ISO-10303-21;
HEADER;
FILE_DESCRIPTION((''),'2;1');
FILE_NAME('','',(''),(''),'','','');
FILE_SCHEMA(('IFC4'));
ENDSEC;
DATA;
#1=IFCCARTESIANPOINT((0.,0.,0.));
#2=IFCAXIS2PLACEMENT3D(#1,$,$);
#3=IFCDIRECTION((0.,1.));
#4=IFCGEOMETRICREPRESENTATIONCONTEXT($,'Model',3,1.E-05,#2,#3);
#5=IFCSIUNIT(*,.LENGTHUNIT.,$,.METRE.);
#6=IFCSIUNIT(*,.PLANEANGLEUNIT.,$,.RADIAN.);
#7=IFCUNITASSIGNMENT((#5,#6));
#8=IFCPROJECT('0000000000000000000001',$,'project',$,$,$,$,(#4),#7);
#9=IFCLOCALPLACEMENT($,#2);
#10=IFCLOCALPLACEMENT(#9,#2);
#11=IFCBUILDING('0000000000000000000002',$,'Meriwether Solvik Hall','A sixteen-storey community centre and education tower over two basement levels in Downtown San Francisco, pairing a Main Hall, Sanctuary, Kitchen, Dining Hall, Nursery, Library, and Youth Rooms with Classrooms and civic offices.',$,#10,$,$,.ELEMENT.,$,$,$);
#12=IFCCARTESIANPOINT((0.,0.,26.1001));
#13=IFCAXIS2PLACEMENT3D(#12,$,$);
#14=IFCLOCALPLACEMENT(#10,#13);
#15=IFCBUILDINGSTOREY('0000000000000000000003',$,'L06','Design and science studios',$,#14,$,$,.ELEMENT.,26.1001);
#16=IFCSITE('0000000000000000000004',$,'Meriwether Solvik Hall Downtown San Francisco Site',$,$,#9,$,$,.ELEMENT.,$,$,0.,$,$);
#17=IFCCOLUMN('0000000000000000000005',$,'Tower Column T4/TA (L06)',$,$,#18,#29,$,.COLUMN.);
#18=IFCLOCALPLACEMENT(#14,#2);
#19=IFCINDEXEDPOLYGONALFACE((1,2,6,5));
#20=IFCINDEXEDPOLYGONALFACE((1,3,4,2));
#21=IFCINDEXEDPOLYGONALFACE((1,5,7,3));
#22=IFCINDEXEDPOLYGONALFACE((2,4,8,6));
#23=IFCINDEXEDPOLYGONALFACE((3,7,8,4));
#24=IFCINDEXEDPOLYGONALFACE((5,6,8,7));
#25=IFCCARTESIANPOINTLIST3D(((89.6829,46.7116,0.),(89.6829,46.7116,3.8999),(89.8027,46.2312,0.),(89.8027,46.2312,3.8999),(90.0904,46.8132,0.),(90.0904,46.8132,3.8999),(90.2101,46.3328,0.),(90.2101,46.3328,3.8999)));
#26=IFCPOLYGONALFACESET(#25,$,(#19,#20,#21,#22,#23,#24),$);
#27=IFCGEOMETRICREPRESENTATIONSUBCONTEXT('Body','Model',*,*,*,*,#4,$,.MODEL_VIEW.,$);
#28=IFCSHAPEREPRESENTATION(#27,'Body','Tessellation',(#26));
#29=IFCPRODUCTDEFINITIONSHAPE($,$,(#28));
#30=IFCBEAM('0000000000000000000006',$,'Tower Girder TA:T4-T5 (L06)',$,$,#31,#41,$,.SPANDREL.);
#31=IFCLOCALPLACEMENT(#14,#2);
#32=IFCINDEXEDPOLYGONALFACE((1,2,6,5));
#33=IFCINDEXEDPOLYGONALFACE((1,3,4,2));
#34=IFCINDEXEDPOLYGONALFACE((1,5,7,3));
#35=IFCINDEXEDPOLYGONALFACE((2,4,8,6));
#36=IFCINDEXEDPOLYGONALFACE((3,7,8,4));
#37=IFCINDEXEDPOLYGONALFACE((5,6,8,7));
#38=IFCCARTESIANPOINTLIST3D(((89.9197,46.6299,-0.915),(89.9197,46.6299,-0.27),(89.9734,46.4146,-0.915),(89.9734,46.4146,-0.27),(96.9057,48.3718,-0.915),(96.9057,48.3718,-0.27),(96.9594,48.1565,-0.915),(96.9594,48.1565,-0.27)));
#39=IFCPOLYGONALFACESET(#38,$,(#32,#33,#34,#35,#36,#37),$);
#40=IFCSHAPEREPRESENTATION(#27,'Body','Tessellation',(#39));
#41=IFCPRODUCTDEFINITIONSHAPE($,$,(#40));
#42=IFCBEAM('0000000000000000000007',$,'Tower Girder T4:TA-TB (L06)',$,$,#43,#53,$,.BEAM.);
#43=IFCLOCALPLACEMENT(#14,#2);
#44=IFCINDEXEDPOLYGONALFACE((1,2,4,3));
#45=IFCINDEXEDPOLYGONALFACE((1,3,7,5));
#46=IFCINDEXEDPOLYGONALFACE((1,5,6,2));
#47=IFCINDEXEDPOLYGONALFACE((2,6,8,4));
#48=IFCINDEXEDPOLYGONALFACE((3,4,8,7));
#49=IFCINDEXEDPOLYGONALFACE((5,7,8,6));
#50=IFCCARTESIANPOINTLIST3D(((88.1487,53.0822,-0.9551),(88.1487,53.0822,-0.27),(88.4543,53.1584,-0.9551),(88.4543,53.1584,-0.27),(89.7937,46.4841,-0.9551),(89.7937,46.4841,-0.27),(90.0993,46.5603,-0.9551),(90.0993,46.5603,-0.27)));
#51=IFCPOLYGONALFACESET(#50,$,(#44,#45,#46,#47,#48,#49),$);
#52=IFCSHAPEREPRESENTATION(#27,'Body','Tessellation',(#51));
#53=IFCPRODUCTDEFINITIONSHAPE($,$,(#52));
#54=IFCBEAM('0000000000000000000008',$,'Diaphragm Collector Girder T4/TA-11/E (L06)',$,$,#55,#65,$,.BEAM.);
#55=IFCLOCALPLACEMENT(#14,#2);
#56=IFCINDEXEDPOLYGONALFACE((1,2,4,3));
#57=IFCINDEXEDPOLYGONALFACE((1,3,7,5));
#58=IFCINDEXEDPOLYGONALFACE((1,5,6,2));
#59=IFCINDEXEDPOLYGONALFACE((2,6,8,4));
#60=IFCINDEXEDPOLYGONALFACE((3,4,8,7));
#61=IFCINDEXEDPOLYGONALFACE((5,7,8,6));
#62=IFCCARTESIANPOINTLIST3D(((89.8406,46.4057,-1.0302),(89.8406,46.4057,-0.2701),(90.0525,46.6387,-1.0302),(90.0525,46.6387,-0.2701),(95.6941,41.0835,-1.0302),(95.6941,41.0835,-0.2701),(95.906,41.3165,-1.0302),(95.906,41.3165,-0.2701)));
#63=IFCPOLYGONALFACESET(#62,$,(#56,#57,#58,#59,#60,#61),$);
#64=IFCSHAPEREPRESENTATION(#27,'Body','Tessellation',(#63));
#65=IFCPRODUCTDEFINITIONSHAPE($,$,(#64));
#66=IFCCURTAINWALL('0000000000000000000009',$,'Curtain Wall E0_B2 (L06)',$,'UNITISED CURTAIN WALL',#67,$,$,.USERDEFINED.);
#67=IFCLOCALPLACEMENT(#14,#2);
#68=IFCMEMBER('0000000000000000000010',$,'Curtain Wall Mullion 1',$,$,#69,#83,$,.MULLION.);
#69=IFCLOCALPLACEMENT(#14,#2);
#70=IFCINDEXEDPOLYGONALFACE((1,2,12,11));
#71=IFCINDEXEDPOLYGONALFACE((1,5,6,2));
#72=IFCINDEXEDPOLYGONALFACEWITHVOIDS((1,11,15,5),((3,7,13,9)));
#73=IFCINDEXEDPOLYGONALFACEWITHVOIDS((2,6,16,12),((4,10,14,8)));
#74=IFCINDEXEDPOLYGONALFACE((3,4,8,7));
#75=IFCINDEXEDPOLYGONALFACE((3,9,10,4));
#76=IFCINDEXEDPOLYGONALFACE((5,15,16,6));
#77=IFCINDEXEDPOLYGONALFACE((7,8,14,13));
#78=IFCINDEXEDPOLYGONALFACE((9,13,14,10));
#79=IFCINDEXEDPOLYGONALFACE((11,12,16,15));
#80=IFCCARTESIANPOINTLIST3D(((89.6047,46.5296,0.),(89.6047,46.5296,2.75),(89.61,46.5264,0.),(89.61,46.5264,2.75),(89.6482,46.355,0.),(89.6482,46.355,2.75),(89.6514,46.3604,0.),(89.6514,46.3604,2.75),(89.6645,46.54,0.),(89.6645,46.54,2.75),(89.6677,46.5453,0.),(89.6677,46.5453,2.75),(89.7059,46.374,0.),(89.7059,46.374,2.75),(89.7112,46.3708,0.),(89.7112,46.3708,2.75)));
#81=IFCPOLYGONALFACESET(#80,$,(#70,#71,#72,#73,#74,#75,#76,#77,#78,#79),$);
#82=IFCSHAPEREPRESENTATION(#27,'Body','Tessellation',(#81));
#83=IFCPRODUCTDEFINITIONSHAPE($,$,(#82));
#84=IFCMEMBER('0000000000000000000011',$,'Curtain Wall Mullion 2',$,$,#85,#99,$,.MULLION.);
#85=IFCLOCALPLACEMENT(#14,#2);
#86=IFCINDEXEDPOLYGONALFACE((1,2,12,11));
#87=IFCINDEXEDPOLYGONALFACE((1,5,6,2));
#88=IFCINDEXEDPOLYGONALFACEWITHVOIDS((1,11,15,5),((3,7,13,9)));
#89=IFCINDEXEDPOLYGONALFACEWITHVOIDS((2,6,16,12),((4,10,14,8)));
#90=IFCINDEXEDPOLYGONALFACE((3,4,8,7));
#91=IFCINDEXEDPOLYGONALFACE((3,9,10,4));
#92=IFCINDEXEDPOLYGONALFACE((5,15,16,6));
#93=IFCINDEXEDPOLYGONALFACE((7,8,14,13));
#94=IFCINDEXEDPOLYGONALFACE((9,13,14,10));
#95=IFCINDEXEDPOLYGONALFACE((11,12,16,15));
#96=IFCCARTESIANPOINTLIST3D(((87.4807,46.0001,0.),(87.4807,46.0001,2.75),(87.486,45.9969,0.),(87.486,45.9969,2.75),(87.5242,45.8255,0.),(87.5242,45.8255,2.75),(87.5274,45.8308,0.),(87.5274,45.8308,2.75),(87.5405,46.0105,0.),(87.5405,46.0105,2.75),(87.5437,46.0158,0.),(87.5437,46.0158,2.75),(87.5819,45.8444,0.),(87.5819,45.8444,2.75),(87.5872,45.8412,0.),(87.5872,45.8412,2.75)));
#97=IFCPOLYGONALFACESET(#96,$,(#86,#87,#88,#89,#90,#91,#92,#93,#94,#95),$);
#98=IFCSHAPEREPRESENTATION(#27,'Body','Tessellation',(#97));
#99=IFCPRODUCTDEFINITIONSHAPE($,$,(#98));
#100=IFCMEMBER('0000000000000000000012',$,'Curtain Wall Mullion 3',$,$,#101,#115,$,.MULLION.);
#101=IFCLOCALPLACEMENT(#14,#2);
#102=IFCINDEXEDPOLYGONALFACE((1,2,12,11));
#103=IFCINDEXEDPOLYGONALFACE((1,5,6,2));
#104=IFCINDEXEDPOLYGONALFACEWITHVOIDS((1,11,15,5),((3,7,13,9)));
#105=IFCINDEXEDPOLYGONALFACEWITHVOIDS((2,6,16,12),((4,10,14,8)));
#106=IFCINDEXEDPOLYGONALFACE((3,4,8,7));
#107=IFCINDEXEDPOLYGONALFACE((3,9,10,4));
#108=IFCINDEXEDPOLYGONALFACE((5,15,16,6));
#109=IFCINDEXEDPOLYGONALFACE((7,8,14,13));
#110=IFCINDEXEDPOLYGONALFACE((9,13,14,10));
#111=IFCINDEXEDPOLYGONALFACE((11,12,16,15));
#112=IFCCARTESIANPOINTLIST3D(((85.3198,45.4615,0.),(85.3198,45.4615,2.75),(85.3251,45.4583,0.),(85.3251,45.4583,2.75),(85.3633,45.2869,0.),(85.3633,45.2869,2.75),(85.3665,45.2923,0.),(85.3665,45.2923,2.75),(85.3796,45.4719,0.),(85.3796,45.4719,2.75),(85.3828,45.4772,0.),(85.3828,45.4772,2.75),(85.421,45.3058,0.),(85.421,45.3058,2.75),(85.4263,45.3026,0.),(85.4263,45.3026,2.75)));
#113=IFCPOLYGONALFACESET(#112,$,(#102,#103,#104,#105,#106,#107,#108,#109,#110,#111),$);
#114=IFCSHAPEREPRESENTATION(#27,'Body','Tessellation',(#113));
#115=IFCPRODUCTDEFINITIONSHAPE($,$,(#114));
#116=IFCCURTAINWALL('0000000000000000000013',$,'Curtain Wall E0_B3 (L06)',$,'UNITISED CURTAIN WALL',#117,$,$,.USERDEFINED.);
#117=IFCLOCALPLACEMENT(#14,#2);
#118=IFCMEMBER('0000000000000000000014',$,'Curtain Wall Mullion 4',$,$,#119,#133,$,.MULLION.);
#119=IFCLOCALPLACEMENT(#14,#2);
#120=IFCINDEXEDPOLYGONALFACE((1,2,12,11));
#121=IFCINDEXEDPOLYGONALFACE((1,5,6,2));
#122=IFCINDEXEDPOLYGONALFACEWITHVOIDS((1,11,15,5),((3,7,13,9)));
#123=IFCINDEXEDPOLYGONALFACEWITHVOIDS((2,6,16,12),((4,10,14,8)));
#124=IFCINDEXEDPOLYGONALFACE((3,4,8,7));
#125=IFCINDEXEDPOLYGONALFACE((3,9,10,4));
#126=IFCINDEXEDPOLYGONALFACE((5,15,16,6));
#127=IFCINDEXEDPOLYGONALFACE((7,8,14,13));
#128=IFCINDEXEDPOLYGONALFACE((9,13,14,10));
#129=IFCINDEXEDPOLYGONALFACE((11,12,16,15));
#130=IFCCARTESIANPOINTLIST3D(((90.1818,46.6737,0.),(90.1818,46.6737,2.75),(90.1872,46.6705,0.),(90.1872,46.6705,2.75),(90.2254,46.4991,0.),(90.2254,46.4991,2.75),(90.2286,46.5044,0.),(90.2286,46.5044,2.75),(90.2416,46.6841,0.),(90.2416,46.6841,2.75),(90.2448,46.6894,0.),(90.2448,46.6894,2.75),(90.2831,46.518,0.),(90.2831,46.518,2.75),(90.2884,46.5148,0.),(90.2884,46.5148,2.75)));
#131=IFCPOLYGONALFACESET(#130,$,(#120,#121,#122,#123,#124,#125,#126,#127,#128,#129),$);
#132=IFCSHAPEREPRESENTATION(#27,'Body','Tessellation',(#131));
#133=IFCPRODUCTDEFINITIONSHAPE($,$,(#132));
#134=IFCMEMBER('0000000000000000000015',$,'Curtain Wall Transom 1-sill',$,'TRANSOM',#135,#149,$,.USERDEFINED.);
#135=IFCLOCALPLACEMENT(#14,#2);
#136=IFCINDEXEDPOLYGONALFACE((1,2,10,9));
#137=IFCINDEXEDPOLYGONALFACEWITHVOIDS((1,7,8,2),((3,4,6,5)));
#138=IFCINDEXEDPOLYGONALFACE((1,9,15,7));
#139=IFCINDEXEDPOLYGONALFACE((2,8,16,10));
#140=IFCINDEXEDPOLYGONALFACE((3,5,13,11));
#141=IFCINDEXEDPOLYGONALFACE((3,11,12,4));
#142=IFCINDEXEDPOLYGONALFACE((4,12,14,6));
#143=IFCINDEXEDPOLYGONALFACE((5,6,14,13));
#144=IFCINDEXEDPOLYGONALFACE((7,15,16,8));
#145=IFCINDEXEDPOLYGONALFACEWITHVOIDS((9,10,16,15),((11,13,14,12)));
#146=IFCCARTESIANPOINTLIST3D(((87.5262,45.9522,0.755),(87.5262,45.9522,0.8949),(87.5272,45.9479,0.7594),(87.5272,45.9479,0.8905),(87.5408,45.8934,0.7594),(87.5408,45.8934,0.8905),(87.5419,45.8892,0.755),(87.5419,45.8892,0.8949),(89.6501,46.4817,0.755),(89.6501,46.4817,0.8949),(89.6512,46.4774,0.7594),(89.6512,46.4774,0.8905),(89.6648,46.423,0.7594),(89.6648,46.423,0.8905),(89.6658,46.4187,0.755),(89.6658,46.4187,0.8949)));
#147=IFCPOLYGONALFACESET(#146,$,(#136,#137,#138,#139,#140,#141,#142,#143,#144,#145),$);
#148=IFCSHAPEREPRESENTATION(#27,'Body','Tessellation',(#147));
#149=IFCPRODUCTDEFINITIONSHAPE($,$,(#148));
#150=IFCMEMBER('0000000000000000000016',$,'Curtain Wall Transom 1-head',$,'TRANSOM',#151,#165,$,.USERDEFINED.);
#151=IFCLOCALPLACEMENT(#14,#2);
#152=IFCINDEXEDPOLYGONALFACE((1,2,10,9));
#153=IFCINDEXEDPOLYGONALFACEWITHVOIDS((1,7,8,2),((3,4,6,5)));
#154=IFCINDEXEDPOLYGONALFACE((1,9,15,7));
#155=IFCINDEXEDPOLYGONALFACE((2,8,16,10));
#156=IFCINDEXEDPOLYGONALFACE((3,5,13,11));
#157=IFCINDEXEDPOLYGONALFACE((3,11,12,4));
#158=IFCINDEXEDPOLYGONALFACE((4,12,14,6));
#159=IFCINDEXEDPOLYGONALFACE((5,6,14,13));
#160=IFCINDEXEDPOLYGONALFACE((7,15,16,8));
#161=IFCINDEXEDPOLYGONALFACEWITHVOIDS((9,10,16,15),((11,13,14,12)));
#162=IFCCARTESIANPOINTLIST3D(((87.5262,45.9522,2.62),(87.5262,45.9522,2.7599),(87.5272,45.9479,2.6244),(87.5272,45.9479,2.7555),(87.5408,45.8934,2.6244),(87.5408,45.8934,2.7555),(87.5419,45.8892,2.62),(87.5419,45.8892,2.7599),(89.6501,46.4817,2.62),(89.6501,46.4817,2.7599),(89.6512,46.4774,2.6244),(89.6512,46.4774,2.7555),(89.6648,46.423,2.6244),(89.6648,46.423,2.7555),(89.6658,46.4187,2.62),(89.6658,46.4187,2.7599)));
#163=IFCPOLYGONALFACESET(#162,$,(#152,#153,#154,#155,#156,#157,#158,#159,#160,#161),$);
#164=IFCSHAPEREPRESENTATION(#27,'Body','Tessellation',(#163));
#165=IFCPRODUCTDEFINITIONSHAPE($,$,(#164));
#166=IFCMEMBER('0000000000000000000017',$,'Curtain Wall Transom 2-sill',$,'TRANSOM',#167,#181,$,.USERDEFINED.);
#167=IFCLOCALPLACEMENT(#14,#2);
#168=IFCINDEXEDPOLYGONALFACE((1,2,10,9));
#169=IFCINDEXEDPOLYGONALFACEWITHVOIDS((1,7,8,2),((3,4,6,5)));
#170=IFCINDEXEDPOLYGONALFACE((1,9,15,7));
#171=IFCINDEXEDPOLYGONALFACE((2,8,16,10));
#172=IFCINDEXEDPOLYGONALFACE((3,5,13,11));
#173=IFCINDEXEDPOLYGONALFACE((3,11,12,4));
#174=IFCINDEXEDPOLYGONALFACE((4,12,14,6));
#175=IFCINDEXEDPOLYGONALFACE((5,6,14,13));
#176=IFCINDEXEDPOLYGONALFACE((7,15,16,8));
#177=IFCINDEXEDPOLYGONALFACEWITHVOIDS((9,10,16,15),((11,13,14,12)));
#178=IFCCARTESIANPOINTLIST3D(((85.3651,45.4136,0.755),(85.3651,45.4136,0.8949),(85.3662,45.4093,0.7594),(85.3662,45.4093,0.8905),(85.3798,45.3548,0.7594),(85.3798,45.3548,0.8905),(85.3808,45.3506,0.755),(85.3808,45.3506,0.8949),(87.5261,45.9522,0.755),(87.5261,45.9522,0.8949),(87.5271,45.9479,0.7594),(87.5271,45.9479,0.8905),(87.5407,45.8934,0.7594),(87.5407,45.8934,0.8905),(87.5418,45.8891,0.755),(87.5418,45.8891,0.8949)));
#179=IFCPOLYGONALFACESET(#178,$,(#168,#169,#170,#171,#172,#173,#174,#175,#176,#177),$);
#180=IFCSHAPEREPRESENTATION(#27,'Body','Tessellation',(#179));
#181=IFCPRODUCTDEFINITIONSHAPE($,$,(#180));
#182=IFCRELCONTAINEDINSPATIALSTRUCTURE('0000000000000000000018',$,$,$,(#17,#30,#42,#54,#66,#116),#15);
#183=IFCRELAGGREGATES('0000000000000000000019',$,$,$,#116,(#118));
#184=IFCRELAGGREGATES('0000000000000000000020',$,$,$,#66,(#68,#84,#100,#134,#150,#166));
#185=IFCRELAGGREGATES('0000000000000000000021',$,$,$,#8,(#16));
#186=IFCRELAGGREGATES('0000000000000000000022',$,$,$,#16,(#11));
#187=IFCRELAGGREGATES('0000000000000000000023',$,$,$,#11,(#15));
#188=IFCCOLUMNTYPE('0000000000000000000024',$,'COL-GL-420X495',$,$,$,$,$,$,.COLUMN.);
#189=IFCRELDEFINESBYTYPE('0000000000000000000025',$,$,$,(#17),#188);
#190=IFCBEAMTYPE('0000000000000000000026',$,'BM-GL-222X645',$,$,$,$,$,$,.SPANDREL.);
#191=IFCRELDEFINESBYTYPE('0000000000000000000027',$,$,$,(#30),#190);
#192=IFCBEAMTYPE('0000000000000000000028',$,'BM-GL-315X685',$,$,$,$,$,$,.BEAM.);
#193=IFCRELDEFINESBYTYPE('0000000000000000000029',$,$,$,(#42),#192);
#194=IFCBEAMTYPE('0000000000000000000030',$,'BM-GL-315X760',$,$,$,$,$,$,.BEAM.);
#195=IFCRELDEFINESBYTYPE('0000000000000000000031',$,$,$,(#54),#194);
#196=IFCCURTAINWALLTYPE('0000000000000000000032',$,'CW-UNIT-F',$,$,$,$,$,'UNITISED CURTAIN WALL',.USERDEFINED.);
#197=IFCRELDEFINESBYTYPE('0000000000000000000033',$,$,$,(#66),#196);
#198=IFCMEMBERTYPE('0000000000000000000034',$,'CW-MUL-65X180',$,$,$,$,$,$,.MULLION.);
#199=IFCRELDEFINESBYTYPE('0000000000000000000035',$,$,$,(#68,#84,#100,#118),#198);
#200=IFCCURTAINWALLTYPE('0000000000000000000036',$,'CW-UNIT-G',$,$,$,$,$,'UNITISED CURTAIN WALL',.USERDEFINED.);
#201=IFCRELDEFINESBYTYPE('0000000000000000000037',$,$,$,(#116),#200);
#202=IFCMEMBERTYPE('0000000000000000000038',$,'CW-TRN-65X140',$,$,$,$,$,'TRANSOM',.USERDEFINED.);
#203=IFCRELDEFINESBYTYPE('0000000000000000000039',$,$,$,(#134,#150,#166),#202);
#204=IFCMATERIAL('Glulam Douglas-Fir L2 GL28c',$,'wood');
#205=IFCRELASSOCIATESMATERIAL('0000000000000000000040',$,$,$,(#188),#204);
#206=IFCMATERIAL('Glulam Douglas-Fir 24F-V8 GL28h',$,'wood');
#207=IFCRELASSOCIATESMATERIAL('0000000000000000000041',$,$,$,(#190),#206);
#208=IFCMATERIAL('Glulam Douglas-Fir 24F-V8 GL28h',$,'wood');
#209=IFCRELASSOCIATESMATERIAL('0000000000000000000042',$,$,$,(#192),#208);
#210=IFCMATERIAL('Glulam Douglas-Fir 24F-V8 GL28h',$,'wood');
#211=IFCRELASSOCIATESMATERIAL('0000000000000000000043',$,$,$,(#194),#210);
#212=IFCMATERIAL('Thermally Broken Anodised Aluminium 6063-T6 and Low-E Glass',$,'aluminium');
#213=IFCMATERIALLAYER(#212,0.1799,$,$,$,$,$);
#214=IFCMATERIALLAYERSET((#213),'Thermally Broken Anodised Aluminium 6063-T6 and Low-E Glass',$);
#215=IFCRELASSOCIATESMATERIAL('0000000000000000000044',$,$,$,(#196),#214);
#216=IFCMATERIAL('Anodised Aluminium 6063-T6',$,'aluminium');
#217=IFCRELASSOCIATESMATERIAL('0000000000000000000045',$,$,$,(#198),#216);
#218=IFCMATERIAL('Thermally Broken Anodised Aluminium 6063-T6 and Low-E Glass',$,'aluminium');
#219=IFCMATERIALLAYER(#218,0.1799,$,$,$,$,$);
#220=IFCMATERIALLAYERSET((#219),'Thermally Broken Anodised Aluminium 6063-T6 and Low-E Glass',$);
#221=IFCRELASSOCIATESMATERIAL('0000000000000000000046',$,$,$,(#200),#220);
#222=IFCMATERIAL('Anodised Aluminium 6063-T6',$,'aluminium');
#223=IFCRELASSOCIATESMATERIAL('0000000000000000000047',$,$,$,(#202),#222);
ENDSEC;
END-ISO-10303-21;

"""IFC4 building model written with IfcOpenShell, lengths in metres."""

from ifc_helpers import new_model, si_unit, direction, frame, origin, origin_2d, place, context, subcontext, project, spatial, rectangle, hollow_rectangle, extrude, material, layer, layer_set, material_profile, profile_set, type_object, element, aggregate, save


model = new_model("IFC4")

# Units and contexts
model_context = context("Model", 3, precision=1e-05, world=origin(), true_north=direction((0.0, 1.0)))
body_context = subcontext(model_context, "Body", "Model", "MODEL_VIEW")
ifc_project = project(units=[si_unit("LENGTHUNIT", "METRE"), si_unit("PLANEANGLEUNIT", "RADIAN")], contexts=[model_context])

# Site, building, storey
site_placement = place(None, origin())
site = spatial("IfcSite", under=ifc_project, at=site_placement, Name="Meriwether Solvik Hall Downtown San Francisco Site", CompositionType="ELEMENT", RefElevation=0.0)
building_placement = place(site_placement, origin())
building = spatial("IfcBuilding", under=site, at=building_placement, Name="Meriwether Solvik Hall", Description="A sixteen-storey community centre and education tower over two basement levels in Downtown San Francisco, pairing a Main Hall, Sanctuary, Kitchen, Dining Hall, Nursery, Library, and Youth Rooms with Classrooms and civic offices.", CompositionType="ELEMENT")
storey_placement = place(building_placement, frame((0.0, 0.0, 26.1001)))
storey = spatial("IfcBuildingStorey", under=building, at=storey_placement, Name="L06", Description="Design and science studios", CompositionType="ELEMENT", Elevation=26.1001)

# Column
ifc_material_1 = material(Name="Glulam Douglas-Fir L2 GL28c", Category="wood")
ifc_material_profile_1 = material_profile(ifc_material_1, rectangle(XDim=0.4199, YDim=0.4951, at=origin_2d()), Name="GLC-420X495")
ifc_profile_set_1 = profile_set([ifc_material_profile_1], Name="Glulam Douglas-Fir L2 GL28c")
column_type = type_object("IfcColumnType", Name="COL-GL-420X495", PredefinedType="COLUMN", material=ifc_profile_set_1)
column_placement = place(storey_placement, frame((89.9465, 46.5222, 0.0), z_axis=(0.0, 0.0, 1.0), x_axis=(0.970296, 0.241922, 0.0)))
element("IfcColumn", 1, at=column_placement, inside=storey, type_object=column_type, Name="Tower Column T4/TA (L06)", PredefinedType="COLUMN", context=body_context, shape_type="SweptSolid", body=[
    extrude(rectangle(XDim=0.4199, YDim=0.4951, at=origin_2d()), origin(), (0.0, 0.0, 1.0), 3.8999),
])

# Beams
ifc_material_2 = material(Name="Glulam Douglas-Fir 24F-V8 GL28h", Category="wood")
ifc_material_profile_2 = material_profile(ifc_material_2, rectangle(XDim=0.2219, YDim=0.645, at=origin_2d()), Name="GLB-222X645")
ifc_profile_set_2 = profile_set([ifc_material_profile_2], Name="Glulam Douglas-Fir 24F-V8 GL28h")
beam_type_1 = type_object("IfcBeamType", Name="BM-GL-222X645", PredefinedType="SPANDREL", material=ifc_profile_set_2)
beam_1_placement = place(storey_placement, frame((89.9465, 46.5222, -0.5925), z_axis=(0.970292, 0.241937, 0.0), x_axis=(-0.241937, 0.970292, 0.0)))
element("IfcBeam", 2, at=beam_1_placement, inside=storey, type_object=beam_type_1, Name="Tower Girder TA:T4-T5 (L06)", PredefinedType="SPANDREL", context=body_context, shape_type="SweptSolid", body=[
    extrude(rectangle(XDim=0.2219, YDim=0.645, at=origin_2d()), origin(), (0.0, 0.0, 1.0), 7.2),
])
ifc_material_3 = material(Name="Glulam Douglas-Fir 24F-V8 GL28h", Category="wood")
ifc_material_profile_3 = material_profile(ifc_material_3, rectangle(XDim=0.3149, YDim=0.6851, at=origin_2d()), Name="GLB-315X685")
ifc_profile_set_3 = profile_set([ifc_material_profile_3], Name="Glulam Douglas-Fir 24F-V8 GL28h")
beam_type_2 = type_object("IfcBeamType", Name="BM-GL-315X685", PredefinedType="BEAM", material=ifc_profile_set_3)
beam_2_placement = place(storey_placement, frame((89.9465, 46.5222, -0.6125), z_axis=(-0.24191, 0.970299, 0.0), x_axis=(-0.970299, -0.24191, 0.0)))
element("IfcBeam", 3, at=beam_2_placement, inside=storey, type_object=beam_type_2, Name="Tower Girder T4:TA-TB (L06)", PredefinedType="BEAM", context=body_context, shape_type="SweptSolid", body=[
    extrude(rectangle(XDim=0.3149, YDim=0.6851, at=origin_2d()), origin(), (0.0, 0.0, 1.0), 6.8),
])
ifc_material_4 = material(Name="Glulam Douglas-Fir 24F-V8 GL28h", Category="wood")
ifc_material_profile_4 = material_profile(ifc_material_4, rectangle(XDim=0.3149, YDim=0.76, at=origin_2d()), Name="GLB-315X760")
ifc_profile_set_4 = profile_set([ifc_material_profile_4], Name="Glulam Douglas-Fir 24F-V8 GL28h")
beam_type_3 = type_object("IfcBeamType", Name="BM-GL-315X760", PredefinedType="BEAM", material=ifc_profile_set_4)
beam_3_placement = place(storey_placement, frame((89.9465, 46.5222, -0.6501), z_axis=(0.739884, -0.672734, 0.0), x_axis=(0.672734, 0.739884, 0.0)))
element("IfcBeam", 4, at=beam_3_placement, inside=storey, type_object=beam_type_3, Name="Diaphragm Collector Girder T4/TA-11/E (L06)", PredefinedType="BEAM", context=body_context, shape_type="SweptSolid", body=[
    extrude(rectangle(XDim=0.3149, YDim=0.76, at=origin_2d()), origin(), (0.0, 0.0, 1.0), 7.9114),
])

# Curtain wall, members
ifc_material_5 = material(Name="Thermally Broken Anodised Aluminium 6063-T6 and Low-E Glass", Category="aluminium")
ifc_layer_1 = layer(ifc_material_5, 0.1799)
ifc_layer_set_1 = layer_set([ifc_layer_1], Name="Thermally Broken Anodised Aluminium 6063-T6 and Low-E Glass")
curtain_wall_type_1 = type_object("IfcCurtainWallType", Name="CW-UNIT-F", ElementType="UNITISED CURTAIN WALL", PredefinedType="USERDEFINED", material=ifc_layer_set_1)
curtain_wall_1_placement = place(storey_placement, origin())
curtain_wall_1 = element("IfcCurtainWall", 5, at=curtain_wall_1_placement, inside=storey, type_object=curtain_wall_type_1, Name="Curtain Wall E0_B2 (L06)", ObjectType="UNITISED CURTAIN WALL", PredefinedType="USERDEFINED")
ifc_material_6 = material(Name="Anodised Aluminium 6063-T6", Category="aluminium")
ifc_material_profile_5 = material_profile(ifc_material_6, hollow_rectangle(XDim=0.0649, YDim=0.1799, WallThickness=0.0044, at=origin_2d()), Name="CWM-65X180")
ifc_profile_set_5 = profile_set([ifc_material_profile_5], Name="Anodised Aluminium 6063-T6")
member_type_1 = type_object("IfcMemberType", Name="CW-MUL-65X180", PredefinedType="MULLION", material=ifc_profile_set_5)
member_1_placement = place(storey_placement, frame((89.658, 46.4502, 0.0), z_axis=(0.0, 0.0, 1.0), x_axis=(-0.970296, -0.241922, 0.0)))
member_1 = element("IfcMember", 6, at=member_1_placement, type_object=member_type_1, Name="Curtain Wall Mullion 1", PredefinedType="MULLION", context=body_context, shape_type="SweptSolid", body=[
    extrude(hollow_rectangle(XDim=0.0649, YDim=0.1799, WallThickness=0.0044, at=origin_2d()), origin(), (0.0, 0.0, 1.0), 2.75),
])
member_2_placement = place(storey_placement, frame((87.5339, 45.9207, 0.0), z_axis=(0.0, 0.0, 1.0), x_axis=(-0.970296, -0.241922, 0.0)))
member_2 = element("IfcMember", 7, at=member_2_placement, type_object=member_type_1, Name="Curtain Wall Mullion 2", PredefinedType="MULLION", context=body_context, shape_type="SweptSolid", body=[
    extrude(hollow_rectangle(XDim=0.0649, YDim=0.1799, WallThickness=0.0044, at=origin_2d()), origin(), (0.0, 0.0, 1.0), 2.75),
])
member_3_placement = place(storey_placement, frame((85.373, 45.3821, 0.0), z_axis=(0.0, 0.0, 1.0), x_axis=(-0.970296, -0.241922, 0.0)))
member_3 = element("IfcMember", 8, at=member_3_placement, type_object=member_type_1, Name="Curtain Wall Mullion 3", PredefinedType="MULLION", context=body_context, shape_type="SweptSolid", body=[
    extrude(hollow_rectangle(XDim=0.0649, YDim=0.1799, WallThickness=0.0044, at=origin_2d()), origin(), (0.0, 0.0, 1.0), 2.75),
])

# Curtain wall, member
ifc_material_7 = material(Name="Thermally Broken Anodised Aluminium 6063-T6 and Low-E Glass", Category="aluminium")
ifc_layer_2 = layer(ifc_material_7, 0.1799)
ifc_layer_set_2 = layer_set([ifc_layer_2], Name="Thermally Broken Anodised Aluminium 6063-T6 and Low-E Glass")
curtain_wall_type_2 = type_object("IfcCurtainWallType", Name="CW-UNIT-G", ElementType="UNITISED CURTAIN WALL", PredefinedType="USERDEFINED", material=ifc_layer_set_2)
curtain_wall_2_placement = place(storey_placement, origin())
curtain_wall_2 = element("IfcCurtainWall", 9, at=curtain_wall_2_placement, inside=storey, type_object=curtain_wall_type_2, Name="Curtain Wall E0_B3 (L06)", ObjectType="UNITISED CURTAIN WALL", PredefinedType="USERDEFINED")
member_4_placement = place(storey_placement, frame((90.2351, 46.5942, 0.0), z_axis=(0.0, 0.0, 1.0), x_axis=(-0.970296, -0.241922, 0.0)))
member_4 = element("IfcMember", 10, at=member_4_placement, type_object=member_type_1, Name="Curtain Wall Mullion 4", PredefinedType="MULLION", context=body_context, shape_type="SweptSolid", body=[
    extrude(hollow_rectangle(XDim=0.0649, YDim=0.1799, WallThickness=0.0044, at=origin_2d()), origin(), (0.0, 0.0, 1.0), 2.75),
])
aggregate(curtain_wall_2, [member_4])

# Members
ifc_material_8 = material(Name="Anodised Aluminium 6063-T6", Category="aluminium")
ifc_material_profile_6 = material_profile(ifc_material_8, hollow_rectangle(XDim=0.0649, YDim=0.1399, WallThickness=0.0044, at=origin_2d()), Name="CWT-65X140")
ifc_profile_set_6 = profile_set([ifc_material_profile_6], Name="Anodised Aluminium 6063-T6")
member_type_2 = type_object("IfcMemberType", Name="CW-TRN-65X140", ElementType="TRANSOM", PredefinedType="USERDEFINED", material=ifc_profile_set_6)
member_5_placement = place(storey_placement, frame((89.658, 46.4502, 0.825), z_axis=(-0.9703, -0.241906, 0.0), x_axis=(0.241906, -0.9703, 0.0)))
member_5 = element("IfcMember", 11, at=member_5_placement, type_object=member_type_2, Name="Curtain Wall Transom 1-sill", ObjectType="TRANSOM", PredefinedType="USERDEFINED", context=body_context, shape_type="SweptSolid", body=[
    extrude(hollow_rectangle(XDim=0.0649, YDim=0.1399, WallThickness=0.0044, at=origin_2d()), origin(), (0.0, 0.0, 1.0), 2.189),
])
member_6_placement = place(storey_placement, frame((89.658, 46.4502, 2.6899), z_axis=(-0.9703, -0.241906, 0.0), x_axis=(0.241906, -0.9703, 0.0)))
member_6 = element("IfcMember", 12, at=member_6_placement, type_object=member_type_2, Name="Curtain Wall Transom 1-head", ObjectType="TRANSOM", PredefinedType="USERDEFINED", context=body_context, shape_type="SweptSolid", body=[
    extrude(hollow_rectangle(XDim=0.0649, YDim=0.1399, WallThickness=0.0044, at=origin_2d()), origin(), (0.0, 0.0, 1.0), 2.189),
])
member_7_placement = place(storey_placement, frame((87.5339, 45.9207, 0.825), z_axis=(-0.970316, -0.241839, 0.0), x_axis=(0.241839, -0.970316, 0.0)))
member_7 = element("IfcMember", 13, at=member_7_placement, type_object=member_type_2, Name="Curtain Wall Transom 2-sill", ObjectType="TRANSOM", PredefinedType="USERDEFINED", context=body_context, shape_type="SweptSolid", body=[
    extrude(hollow_rectangle(XDim=0.0649, YDim=0.1399, WallThickness=0.0044, at=origin_2d()), origin(), (0.0, 0.0, 1.0), 2.2271),
])

aggregate(curtain_wall_1, [member_1, member_2, member_3, member_5, member_6, member_7])

save(model, "model.ifc")
